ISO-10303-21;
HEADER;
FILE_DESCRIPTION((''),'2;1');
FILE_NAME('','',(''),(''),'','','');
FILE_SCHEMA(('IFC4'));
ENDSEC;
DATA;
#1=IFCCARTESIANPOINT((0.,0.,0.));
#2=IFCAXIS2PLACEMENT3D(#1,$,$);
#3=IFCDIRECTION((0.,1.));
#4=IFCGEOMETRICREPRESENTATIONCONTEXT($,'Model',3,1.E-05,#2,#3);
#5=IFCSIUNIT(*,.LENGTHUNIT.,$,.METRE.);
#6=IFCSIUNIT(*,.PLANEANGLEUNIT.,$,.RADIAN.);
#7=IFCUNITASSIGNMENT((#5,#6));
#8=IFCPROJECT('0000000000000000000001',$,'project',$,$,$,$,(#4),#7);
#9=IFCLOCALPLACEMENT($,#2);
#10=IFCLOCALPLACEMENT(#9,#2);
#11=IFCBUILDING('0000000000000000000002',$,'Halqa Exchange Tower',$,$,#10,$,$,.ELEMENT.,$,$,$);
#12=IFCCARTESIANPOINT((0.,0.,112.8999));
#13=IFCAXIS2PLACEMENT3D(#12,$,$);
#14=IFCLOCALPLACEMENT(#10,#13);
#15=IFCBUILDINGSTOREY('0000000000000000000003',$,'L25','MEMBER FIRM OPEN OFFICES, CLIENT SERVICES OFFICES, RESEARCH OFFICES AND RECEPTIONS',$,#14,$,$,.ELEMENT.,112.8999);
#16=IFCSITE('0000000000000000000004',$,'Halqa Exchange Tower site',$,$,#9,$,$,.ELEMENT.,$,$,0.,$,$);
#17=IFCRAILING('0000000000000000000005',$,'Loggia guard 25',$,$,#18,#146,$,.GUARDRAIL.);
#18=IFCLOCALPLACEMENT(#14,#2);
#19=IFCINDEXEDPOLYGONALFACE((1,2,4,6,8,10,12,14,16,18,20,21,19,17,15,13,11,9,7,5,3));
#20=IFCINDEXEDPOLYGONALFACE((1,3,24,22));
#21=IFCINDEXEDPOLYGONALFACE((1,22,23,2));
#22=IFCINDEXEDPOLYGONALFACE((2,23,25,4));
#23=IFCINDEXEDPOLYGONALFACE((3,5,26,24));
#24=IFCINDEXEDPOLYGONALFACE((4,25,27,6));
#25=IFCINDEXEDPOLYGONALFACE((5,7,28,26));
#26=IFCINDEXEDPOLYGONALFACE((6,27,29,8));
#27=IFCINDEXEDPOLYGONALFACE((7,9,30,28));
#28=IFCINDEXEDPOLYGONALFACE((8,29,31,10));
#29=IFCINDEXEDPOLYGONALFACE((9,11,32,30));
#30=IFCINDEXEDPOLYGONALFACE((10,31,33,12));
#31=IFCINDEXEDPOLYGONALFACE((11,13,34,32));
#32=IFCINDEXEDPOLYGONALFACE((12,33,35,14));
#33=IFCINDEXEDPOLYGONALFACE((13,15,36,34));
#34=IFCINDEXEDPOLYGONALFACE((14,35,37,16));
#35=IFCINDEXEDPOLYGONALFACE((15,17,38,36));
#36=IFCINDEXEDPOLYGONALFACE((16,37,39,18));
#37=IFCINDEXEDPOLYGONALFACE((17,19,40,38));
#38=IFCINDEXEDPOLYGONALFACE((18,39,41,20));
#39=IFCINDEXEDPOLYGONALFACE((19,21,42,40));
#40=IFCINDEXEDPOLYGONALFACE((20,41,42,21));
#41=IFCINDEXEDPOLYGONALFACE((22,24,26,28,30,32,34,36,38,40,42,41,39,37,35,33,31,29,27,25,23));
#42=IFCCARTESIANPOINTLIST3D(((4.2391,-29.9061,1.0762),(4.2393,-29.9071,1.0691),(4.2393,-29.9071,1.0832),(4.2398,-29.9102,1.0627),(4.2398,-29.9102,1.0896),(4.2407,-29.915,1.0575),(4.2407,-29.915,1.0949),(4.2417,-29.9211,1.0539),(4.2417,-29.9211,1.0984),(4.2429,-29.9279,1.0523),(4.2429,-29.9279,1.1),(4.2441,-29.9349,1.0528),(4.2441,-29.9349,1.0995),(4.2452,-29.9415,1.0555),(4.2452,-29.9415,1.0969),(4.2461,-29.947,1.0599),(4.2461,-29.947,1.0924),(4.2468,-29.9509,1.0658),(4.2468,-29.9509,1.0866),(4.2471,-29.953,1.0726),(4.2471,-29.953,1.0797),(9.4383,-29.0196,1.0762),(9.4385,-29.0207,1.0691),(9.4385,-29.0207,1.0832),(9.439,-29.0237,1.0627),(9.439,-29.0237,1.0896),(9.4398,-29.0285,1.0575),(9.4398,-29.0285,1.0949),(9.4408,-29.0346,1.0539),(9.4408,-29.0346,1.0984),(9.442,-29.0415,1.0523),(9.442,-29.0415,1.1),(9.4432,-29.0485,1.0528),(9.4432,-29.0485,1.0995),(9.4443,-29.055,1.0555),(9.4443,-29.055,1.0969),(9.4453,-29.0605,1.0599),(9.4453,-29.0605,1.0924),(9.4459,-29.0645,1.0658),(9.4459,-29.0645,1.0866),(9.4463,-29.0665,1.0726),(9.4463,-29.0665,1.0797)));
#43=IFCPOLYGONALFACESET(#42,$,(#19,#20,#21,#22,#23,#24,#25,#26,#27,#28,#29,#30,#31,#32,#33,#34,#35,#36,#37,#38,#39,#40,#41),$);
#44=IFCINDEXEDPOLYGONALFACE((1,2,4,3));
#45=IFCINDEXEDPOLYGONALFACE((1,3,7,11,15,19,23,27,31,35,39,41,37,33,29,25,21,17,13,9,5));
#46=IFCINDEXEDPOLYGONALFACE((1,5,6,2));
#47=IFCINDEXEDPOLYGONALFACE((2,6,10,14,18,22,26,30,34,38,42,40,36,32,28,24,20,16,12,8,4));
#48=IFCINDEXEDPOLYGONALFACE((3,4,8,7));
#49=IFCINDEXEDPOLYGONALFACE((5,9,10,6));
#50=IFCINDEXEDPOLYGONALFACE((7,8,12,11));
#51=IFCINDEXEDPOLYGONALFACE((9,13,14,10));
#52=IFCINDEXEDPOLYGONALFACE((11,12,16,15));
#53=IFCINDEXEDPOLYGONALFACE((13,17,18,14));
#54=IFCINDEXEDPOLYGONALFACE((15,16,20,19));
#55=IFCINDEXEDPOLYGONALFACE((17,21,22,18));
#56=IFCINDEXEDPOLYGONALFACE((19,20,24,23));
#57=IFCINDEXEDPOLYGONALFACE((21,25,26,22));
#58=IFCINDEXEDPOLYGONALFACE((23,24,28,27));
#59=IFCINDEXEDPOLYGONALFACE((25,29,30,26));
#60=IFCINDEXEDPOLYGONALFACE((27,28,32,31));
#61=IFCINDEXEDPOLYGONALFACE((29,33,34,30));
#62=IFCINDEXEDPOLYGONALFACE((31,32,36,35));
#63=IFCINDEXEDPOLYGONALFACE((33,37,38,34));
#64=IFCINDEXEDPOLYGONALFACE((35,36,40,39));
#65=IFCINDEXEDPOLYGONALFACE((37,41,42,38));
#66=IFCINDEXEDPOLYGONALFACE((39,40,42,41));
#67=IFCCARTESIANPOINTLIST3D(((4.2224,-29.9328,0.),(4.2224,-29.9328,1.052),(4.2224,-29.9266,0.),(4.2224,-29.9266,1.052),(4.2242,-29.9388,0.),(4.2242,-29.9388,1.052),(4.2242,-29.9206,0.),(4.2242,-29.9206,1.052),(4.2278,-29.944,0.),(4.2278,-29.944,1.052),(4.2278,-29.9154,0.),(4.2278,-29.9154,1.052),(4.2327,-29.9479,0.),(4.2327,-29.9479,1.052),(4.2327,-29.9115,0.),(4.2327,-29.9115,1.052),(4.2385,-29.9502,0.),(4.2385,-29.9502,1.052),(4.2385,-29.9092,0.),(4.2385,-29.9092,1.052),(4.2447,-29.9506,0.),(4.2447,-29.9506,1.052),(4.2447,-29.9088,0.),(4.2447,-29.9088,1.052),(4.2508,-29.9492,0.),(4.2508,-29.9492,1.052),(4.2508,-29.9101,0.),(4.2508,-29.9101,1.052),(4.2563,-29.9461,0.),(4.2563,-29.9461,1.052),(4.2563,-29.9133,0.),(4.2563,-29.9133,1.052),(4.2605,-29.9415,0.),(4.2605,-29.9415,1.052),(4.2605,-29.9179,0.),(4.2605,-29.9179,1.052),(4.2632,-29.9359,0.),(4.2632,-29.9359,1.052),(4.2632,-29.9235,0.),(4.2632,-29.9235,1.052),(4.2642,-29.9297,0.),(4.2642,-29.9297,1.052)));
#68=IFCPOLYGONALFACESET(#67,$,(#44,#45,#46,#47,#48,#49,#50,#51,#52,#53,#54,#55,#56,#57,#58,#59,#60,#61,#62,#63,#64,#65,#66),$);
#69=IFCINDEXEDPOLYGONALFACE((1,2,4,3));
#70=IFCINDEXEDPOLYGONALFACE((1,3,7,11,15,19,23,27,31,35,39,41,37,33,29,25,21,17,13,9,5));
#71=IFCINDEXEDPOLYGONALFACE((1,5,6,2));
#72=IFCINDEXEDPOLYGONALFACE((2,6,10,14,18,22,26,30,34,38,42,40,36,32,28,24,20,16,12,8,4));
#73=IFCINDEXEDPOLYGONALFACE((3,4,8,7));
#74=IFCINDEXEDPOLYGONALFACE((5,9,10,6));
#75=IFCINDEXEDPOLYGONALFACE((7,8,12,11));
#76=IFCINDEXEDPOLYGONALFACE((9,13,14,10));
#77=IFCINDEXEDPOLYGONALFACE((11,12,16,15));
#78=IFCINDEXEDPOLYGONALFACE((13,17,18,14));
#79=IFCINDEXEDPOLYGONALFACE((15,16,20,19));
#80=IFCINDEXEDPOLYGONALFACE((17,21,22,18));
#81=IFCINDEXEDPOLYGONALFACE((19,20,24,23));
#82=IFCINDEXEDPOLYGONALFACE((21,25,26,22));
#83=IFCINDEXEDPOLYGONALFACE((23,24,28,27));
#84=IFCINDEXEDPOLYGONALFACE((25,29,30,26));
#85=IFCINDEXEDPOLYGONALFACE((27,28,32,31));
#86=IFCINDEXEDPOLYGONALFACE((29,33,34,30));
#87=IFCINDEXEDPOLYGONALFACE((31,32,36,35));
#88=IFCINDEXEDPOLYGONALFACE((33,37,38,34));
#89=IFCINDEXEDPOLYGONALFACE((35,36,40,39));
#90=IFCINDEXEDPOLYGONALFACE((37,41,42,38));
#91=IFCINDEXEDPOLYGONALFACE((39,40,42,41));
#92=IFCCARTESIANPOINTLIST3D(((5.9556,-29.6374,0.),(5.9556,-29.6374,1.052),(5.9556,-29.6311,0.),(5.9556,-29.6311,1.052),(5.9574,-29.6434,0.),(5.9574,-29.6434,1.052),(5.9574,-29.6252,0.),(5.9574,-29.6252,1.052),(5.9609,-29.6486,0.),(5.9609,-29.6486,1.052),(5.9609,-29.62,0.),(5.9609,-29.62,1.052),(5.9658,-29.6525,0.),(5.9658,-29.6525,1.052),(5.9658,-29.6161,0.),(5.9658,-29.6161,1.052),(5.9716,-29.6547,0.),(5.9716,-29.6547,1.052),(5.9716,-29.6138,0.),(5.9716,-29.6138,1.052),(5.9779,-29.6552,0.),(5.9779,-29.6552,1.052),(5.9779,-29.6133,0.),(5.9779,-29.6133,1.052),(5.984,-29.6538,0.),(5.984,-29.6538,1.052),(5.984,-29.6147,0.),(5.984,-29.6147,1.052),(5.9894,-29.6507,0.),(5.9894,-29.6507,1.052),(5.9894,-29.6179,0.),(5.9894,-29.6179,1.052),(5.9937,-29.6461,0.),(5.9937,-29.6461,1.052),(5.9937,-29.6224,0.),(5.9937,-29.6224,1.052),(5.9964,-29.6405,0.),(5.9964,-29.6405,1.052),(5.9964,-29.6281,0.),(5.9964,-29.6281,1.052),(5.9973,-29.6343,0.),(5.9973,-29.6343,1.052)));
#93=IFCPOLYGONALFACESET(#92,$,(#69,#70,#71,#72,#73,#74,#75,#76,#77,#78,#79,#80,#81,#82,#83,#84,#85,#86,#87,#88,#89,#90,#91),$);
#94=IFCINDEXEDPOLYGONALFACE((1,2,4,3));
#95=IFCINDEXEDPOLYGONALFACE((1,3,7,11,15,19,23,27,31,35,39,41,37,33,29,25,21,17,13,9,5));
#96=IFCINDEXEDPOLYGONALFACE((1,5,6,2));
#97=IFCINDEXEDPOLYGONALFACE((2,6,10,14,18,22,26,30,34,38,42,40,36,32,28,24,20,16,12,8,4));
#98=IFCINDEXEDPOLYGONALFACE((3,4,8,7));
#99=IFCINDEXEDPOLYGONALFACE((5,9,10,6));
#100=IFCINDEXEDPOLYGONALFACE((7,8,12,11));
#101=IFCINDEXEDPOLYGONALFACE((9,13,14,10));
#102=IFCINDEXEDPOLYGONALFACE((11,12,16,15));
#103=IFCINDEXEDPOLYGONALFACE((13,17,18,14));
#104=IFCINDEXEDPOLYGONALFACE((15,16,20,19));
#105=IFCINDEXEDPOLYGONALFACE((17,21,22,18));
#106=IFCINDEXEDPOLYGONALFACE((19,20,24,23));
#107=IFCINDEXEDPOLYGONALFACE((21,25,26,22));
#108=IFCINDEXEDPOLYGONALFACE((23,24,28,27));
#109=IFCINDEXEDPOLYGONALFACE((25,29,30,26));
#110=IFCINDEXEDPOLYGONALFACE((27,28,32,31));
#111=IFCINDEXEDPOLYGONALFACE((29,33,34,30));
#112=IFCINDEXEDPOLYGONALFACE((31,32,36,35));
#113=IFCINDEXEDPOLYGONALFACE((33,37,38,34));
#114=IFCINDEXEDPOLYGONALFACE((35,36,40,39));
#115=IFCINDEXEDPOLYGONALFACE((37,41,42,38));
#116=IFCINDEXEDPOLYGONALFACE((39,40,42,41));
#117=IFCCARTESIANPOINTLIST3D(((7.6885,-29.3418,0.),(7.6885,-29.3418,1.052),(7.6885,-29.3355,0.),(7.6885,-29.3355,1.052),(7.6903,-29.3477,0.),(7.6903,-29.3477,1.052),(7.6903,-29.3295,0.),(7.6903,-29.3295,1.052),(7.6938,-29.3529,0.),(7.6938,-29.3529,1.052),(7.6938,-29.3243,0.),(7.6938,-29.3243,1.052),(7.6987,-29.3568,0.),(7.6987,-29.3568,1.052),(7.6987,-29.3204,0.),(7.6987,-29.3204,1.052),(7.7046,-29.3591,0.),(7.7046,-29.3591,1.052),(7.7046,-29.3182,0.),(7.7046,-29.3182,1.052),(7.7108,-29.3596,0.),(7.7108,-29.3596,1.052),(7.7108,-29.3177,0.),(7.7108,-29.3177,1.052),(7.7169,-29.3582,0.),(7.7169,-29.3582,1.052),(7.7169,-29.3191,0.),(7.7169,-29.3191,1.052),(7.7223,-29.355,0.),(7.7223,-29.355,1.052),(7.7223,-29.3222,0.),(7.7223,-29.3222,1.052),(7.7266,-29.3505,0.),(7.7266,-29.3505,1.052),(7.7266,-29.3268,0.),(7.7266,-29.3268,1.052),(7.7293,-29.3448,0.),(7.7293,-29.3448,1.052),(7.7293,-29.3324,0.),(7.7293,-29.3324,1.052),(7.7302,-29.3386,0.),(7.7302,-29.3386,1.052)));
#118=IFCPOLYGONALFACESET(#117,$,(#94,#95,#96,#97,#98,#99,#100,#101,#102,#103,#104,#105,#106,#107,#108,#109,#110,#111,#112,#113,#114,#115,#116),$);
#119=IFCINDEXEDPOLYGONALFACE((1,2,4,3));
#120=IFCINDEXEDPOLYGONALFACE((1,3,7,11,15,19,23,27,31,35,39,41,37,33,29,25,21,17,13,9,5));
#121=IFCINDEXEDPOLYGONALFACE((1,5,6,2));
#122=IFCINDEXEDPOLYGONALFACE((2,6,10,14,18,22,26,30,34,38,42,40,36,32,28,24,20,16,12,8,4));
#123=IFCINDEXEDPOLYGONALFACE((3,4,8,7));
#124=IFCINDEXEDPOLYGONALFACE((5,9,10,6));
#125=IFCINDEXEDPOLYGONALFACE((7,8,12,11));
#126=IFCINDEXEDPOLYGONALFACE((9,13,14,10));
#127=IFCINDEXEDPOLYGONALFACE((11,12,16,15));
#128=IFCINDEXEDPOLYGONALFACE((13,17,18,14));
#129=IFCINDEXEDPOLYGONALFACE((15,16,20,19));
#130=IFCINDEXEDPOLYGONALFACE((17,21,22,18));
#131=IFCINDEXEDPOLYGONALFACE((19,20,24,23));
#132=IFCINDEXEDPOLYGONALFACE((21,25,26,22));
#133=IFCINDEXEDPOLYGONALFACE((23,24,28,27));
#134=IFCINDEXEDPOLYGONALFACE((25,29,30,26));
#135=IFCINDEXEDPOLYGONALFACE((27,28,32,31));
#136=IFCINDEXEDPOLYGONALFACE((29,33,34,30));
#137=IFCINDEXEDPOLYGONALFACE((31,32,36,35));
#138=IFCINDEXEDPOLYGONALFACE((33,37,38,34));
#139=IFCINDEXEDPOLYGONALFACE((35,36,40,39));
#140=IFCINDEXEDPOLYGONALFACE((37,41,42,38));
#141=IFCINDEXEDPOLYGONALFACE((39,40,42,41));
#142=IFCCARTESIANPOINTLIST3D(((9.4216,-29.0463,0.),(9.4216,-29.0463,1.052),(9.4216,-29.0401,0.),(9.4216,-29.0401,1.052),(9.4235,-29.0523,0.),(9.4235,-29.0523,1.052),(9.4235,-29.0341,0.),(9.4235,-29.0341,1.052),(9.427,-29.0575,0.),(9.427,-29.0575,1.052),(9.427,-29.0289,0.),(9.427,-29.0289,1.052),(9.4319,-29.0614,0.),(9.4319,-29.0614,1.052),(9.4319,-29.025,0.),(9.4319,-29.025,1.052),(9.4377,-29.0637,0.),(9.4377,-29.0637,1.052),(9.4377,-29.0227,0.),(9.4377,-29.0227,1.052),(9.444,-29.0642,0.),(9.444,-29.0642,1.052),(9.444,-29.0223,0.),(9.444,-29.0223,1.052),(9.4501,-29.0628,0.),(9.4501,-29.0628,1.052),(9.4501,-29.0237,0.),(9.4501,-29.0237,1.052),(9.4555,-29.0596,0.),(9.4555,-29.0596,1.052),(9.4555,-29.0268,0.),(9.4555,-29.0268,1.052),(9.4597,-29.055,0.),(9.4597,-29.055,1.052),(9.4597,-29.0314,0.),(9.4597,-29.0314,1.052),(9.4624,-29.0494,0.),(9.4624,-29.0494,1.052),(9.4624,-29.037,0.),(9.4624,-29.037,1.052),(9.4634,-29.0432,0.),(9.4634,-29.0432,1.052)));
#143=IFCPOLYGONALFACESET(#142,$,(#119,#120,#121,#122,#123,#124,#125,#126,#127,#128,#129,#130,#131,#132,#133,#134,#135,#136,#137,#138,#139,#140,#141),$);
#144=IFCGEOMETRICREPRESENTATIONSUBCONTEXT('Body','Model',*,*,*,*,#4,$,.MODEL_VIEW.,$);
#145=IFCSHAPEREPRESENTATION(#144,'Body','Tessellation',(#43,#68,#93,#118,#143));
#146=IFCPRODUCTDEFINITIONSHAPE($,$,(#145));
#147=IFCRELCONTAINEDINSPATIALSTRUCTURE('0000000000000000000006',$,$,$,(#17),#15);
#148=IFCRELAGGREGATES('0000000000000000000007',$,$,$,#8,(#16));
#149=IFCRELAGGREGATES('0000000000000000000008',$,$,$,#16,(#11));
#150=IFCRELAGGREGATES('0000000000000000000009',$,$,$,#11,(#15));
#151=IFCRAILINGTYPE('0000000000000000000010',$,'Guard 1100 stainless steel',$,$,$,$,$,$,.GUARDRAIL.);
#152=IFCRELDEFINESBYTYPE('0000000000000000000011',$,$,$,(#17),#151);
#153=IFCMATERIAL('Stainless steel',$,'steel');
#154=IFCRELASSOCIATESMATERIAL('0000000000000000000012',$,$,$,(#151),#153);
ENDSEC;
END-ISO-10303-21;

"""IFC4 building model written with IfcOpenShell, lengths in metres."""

from ifc_helpers import new_model, si_unit, direction, frame, origin, origin_2d, place, context, subcontext, project, spatial, circle, extrude, material, type_object, element, save


model = new_model("IFC4")

# Units and contexts
model_context = context("Model", 3, precision=1e-05, world=origin(), true_north=direction((0.0, 1.0)))
body_context = subcontext(model_context, "Body", "Model", "MODEL_VIEW")
ifc_project = project(units=[si_unit("LENGTHUNIT", "METRE"), si_unit("PLANEANGLEUNIT", "RADIAN")], contexts=[model_context])

# Site, building, storey
site_placement = place(None, origin())
site = spatial("IfcSite", under=ifc_project, at=site_placement, Name="Halqa Exchange Tower site", CompositionType="ELEMENT", RefElevation=0.0)
building_placement = place(site_placement, origin())
building = spatial("IfcBuilding", under=site, at=building_placement, Name="Halqa Exchange Tower", CompositionType="ELEMENT")
storey_placement = place(building_placement, frame((0.0, 0.0, 112.8999)))
storey = spatial("IfcBuildingStorey", under=building, at=storey_placement, Name="L25", Description="MEMBER FIRM OPEN OFFICES, CLIENT SERVICES OFFICES, RESEARCH OFFICES AND RECEPTIONS", CompositionType="ELEMENT", Elevation=112.8999)

# Railing
ifc_material_1 = material(Name="Stainless steel", Category="steel")
railing_type = type_object("IfcRailingType", Name="Guard 1100 stainless steel", PredefinedType="GUARDRAIL", material=ifc_material_1)
railing_1_placement = place(storey_placement, frame((4.2432, -29.9297, 0.0)))
element("IfcRailing", 1, at=railing_1_placement, inside=storey, type_object=railing_type, Name="Loggia guard 25", PredefinedType="GUARDRAIL", context=body_context, shape_type="SweptSolid", body=[
    extrude(circle(Radius=0.0239, at=origin_2d()), frame((0.0, 0.0, 1.0762), z_axis=(0.985774, 0.168076, 0.0), x_axis=(-0.168076, 0.985774, 0.0)), (0.0, 0.0, 1.0), 5.2742),
    extrude(circle(Radius=0.021, at=origin_2d()), origin(), (0.0, 0.0, 1.0), 1.052),
    extrude(circle(Radius=0.021, at=origin_2d()), frame((1.7332, 0.2954, 0.0)), (0.0, 0.0, 1.0), 1.052),
    extrude(circle(Radius=0.021, at=origin_2d()), frame((3.4661, 0.5911, 0.0)), (0.0, 0.0, 1.0), 1.052),
    extrude(circle(Radius=0.021, at=origin_2d()), frame((5.1992, 0.8865, 0.0)), (0.0, 0.0, 1.0), 1.052),
])

save(model, "model.ifc")
